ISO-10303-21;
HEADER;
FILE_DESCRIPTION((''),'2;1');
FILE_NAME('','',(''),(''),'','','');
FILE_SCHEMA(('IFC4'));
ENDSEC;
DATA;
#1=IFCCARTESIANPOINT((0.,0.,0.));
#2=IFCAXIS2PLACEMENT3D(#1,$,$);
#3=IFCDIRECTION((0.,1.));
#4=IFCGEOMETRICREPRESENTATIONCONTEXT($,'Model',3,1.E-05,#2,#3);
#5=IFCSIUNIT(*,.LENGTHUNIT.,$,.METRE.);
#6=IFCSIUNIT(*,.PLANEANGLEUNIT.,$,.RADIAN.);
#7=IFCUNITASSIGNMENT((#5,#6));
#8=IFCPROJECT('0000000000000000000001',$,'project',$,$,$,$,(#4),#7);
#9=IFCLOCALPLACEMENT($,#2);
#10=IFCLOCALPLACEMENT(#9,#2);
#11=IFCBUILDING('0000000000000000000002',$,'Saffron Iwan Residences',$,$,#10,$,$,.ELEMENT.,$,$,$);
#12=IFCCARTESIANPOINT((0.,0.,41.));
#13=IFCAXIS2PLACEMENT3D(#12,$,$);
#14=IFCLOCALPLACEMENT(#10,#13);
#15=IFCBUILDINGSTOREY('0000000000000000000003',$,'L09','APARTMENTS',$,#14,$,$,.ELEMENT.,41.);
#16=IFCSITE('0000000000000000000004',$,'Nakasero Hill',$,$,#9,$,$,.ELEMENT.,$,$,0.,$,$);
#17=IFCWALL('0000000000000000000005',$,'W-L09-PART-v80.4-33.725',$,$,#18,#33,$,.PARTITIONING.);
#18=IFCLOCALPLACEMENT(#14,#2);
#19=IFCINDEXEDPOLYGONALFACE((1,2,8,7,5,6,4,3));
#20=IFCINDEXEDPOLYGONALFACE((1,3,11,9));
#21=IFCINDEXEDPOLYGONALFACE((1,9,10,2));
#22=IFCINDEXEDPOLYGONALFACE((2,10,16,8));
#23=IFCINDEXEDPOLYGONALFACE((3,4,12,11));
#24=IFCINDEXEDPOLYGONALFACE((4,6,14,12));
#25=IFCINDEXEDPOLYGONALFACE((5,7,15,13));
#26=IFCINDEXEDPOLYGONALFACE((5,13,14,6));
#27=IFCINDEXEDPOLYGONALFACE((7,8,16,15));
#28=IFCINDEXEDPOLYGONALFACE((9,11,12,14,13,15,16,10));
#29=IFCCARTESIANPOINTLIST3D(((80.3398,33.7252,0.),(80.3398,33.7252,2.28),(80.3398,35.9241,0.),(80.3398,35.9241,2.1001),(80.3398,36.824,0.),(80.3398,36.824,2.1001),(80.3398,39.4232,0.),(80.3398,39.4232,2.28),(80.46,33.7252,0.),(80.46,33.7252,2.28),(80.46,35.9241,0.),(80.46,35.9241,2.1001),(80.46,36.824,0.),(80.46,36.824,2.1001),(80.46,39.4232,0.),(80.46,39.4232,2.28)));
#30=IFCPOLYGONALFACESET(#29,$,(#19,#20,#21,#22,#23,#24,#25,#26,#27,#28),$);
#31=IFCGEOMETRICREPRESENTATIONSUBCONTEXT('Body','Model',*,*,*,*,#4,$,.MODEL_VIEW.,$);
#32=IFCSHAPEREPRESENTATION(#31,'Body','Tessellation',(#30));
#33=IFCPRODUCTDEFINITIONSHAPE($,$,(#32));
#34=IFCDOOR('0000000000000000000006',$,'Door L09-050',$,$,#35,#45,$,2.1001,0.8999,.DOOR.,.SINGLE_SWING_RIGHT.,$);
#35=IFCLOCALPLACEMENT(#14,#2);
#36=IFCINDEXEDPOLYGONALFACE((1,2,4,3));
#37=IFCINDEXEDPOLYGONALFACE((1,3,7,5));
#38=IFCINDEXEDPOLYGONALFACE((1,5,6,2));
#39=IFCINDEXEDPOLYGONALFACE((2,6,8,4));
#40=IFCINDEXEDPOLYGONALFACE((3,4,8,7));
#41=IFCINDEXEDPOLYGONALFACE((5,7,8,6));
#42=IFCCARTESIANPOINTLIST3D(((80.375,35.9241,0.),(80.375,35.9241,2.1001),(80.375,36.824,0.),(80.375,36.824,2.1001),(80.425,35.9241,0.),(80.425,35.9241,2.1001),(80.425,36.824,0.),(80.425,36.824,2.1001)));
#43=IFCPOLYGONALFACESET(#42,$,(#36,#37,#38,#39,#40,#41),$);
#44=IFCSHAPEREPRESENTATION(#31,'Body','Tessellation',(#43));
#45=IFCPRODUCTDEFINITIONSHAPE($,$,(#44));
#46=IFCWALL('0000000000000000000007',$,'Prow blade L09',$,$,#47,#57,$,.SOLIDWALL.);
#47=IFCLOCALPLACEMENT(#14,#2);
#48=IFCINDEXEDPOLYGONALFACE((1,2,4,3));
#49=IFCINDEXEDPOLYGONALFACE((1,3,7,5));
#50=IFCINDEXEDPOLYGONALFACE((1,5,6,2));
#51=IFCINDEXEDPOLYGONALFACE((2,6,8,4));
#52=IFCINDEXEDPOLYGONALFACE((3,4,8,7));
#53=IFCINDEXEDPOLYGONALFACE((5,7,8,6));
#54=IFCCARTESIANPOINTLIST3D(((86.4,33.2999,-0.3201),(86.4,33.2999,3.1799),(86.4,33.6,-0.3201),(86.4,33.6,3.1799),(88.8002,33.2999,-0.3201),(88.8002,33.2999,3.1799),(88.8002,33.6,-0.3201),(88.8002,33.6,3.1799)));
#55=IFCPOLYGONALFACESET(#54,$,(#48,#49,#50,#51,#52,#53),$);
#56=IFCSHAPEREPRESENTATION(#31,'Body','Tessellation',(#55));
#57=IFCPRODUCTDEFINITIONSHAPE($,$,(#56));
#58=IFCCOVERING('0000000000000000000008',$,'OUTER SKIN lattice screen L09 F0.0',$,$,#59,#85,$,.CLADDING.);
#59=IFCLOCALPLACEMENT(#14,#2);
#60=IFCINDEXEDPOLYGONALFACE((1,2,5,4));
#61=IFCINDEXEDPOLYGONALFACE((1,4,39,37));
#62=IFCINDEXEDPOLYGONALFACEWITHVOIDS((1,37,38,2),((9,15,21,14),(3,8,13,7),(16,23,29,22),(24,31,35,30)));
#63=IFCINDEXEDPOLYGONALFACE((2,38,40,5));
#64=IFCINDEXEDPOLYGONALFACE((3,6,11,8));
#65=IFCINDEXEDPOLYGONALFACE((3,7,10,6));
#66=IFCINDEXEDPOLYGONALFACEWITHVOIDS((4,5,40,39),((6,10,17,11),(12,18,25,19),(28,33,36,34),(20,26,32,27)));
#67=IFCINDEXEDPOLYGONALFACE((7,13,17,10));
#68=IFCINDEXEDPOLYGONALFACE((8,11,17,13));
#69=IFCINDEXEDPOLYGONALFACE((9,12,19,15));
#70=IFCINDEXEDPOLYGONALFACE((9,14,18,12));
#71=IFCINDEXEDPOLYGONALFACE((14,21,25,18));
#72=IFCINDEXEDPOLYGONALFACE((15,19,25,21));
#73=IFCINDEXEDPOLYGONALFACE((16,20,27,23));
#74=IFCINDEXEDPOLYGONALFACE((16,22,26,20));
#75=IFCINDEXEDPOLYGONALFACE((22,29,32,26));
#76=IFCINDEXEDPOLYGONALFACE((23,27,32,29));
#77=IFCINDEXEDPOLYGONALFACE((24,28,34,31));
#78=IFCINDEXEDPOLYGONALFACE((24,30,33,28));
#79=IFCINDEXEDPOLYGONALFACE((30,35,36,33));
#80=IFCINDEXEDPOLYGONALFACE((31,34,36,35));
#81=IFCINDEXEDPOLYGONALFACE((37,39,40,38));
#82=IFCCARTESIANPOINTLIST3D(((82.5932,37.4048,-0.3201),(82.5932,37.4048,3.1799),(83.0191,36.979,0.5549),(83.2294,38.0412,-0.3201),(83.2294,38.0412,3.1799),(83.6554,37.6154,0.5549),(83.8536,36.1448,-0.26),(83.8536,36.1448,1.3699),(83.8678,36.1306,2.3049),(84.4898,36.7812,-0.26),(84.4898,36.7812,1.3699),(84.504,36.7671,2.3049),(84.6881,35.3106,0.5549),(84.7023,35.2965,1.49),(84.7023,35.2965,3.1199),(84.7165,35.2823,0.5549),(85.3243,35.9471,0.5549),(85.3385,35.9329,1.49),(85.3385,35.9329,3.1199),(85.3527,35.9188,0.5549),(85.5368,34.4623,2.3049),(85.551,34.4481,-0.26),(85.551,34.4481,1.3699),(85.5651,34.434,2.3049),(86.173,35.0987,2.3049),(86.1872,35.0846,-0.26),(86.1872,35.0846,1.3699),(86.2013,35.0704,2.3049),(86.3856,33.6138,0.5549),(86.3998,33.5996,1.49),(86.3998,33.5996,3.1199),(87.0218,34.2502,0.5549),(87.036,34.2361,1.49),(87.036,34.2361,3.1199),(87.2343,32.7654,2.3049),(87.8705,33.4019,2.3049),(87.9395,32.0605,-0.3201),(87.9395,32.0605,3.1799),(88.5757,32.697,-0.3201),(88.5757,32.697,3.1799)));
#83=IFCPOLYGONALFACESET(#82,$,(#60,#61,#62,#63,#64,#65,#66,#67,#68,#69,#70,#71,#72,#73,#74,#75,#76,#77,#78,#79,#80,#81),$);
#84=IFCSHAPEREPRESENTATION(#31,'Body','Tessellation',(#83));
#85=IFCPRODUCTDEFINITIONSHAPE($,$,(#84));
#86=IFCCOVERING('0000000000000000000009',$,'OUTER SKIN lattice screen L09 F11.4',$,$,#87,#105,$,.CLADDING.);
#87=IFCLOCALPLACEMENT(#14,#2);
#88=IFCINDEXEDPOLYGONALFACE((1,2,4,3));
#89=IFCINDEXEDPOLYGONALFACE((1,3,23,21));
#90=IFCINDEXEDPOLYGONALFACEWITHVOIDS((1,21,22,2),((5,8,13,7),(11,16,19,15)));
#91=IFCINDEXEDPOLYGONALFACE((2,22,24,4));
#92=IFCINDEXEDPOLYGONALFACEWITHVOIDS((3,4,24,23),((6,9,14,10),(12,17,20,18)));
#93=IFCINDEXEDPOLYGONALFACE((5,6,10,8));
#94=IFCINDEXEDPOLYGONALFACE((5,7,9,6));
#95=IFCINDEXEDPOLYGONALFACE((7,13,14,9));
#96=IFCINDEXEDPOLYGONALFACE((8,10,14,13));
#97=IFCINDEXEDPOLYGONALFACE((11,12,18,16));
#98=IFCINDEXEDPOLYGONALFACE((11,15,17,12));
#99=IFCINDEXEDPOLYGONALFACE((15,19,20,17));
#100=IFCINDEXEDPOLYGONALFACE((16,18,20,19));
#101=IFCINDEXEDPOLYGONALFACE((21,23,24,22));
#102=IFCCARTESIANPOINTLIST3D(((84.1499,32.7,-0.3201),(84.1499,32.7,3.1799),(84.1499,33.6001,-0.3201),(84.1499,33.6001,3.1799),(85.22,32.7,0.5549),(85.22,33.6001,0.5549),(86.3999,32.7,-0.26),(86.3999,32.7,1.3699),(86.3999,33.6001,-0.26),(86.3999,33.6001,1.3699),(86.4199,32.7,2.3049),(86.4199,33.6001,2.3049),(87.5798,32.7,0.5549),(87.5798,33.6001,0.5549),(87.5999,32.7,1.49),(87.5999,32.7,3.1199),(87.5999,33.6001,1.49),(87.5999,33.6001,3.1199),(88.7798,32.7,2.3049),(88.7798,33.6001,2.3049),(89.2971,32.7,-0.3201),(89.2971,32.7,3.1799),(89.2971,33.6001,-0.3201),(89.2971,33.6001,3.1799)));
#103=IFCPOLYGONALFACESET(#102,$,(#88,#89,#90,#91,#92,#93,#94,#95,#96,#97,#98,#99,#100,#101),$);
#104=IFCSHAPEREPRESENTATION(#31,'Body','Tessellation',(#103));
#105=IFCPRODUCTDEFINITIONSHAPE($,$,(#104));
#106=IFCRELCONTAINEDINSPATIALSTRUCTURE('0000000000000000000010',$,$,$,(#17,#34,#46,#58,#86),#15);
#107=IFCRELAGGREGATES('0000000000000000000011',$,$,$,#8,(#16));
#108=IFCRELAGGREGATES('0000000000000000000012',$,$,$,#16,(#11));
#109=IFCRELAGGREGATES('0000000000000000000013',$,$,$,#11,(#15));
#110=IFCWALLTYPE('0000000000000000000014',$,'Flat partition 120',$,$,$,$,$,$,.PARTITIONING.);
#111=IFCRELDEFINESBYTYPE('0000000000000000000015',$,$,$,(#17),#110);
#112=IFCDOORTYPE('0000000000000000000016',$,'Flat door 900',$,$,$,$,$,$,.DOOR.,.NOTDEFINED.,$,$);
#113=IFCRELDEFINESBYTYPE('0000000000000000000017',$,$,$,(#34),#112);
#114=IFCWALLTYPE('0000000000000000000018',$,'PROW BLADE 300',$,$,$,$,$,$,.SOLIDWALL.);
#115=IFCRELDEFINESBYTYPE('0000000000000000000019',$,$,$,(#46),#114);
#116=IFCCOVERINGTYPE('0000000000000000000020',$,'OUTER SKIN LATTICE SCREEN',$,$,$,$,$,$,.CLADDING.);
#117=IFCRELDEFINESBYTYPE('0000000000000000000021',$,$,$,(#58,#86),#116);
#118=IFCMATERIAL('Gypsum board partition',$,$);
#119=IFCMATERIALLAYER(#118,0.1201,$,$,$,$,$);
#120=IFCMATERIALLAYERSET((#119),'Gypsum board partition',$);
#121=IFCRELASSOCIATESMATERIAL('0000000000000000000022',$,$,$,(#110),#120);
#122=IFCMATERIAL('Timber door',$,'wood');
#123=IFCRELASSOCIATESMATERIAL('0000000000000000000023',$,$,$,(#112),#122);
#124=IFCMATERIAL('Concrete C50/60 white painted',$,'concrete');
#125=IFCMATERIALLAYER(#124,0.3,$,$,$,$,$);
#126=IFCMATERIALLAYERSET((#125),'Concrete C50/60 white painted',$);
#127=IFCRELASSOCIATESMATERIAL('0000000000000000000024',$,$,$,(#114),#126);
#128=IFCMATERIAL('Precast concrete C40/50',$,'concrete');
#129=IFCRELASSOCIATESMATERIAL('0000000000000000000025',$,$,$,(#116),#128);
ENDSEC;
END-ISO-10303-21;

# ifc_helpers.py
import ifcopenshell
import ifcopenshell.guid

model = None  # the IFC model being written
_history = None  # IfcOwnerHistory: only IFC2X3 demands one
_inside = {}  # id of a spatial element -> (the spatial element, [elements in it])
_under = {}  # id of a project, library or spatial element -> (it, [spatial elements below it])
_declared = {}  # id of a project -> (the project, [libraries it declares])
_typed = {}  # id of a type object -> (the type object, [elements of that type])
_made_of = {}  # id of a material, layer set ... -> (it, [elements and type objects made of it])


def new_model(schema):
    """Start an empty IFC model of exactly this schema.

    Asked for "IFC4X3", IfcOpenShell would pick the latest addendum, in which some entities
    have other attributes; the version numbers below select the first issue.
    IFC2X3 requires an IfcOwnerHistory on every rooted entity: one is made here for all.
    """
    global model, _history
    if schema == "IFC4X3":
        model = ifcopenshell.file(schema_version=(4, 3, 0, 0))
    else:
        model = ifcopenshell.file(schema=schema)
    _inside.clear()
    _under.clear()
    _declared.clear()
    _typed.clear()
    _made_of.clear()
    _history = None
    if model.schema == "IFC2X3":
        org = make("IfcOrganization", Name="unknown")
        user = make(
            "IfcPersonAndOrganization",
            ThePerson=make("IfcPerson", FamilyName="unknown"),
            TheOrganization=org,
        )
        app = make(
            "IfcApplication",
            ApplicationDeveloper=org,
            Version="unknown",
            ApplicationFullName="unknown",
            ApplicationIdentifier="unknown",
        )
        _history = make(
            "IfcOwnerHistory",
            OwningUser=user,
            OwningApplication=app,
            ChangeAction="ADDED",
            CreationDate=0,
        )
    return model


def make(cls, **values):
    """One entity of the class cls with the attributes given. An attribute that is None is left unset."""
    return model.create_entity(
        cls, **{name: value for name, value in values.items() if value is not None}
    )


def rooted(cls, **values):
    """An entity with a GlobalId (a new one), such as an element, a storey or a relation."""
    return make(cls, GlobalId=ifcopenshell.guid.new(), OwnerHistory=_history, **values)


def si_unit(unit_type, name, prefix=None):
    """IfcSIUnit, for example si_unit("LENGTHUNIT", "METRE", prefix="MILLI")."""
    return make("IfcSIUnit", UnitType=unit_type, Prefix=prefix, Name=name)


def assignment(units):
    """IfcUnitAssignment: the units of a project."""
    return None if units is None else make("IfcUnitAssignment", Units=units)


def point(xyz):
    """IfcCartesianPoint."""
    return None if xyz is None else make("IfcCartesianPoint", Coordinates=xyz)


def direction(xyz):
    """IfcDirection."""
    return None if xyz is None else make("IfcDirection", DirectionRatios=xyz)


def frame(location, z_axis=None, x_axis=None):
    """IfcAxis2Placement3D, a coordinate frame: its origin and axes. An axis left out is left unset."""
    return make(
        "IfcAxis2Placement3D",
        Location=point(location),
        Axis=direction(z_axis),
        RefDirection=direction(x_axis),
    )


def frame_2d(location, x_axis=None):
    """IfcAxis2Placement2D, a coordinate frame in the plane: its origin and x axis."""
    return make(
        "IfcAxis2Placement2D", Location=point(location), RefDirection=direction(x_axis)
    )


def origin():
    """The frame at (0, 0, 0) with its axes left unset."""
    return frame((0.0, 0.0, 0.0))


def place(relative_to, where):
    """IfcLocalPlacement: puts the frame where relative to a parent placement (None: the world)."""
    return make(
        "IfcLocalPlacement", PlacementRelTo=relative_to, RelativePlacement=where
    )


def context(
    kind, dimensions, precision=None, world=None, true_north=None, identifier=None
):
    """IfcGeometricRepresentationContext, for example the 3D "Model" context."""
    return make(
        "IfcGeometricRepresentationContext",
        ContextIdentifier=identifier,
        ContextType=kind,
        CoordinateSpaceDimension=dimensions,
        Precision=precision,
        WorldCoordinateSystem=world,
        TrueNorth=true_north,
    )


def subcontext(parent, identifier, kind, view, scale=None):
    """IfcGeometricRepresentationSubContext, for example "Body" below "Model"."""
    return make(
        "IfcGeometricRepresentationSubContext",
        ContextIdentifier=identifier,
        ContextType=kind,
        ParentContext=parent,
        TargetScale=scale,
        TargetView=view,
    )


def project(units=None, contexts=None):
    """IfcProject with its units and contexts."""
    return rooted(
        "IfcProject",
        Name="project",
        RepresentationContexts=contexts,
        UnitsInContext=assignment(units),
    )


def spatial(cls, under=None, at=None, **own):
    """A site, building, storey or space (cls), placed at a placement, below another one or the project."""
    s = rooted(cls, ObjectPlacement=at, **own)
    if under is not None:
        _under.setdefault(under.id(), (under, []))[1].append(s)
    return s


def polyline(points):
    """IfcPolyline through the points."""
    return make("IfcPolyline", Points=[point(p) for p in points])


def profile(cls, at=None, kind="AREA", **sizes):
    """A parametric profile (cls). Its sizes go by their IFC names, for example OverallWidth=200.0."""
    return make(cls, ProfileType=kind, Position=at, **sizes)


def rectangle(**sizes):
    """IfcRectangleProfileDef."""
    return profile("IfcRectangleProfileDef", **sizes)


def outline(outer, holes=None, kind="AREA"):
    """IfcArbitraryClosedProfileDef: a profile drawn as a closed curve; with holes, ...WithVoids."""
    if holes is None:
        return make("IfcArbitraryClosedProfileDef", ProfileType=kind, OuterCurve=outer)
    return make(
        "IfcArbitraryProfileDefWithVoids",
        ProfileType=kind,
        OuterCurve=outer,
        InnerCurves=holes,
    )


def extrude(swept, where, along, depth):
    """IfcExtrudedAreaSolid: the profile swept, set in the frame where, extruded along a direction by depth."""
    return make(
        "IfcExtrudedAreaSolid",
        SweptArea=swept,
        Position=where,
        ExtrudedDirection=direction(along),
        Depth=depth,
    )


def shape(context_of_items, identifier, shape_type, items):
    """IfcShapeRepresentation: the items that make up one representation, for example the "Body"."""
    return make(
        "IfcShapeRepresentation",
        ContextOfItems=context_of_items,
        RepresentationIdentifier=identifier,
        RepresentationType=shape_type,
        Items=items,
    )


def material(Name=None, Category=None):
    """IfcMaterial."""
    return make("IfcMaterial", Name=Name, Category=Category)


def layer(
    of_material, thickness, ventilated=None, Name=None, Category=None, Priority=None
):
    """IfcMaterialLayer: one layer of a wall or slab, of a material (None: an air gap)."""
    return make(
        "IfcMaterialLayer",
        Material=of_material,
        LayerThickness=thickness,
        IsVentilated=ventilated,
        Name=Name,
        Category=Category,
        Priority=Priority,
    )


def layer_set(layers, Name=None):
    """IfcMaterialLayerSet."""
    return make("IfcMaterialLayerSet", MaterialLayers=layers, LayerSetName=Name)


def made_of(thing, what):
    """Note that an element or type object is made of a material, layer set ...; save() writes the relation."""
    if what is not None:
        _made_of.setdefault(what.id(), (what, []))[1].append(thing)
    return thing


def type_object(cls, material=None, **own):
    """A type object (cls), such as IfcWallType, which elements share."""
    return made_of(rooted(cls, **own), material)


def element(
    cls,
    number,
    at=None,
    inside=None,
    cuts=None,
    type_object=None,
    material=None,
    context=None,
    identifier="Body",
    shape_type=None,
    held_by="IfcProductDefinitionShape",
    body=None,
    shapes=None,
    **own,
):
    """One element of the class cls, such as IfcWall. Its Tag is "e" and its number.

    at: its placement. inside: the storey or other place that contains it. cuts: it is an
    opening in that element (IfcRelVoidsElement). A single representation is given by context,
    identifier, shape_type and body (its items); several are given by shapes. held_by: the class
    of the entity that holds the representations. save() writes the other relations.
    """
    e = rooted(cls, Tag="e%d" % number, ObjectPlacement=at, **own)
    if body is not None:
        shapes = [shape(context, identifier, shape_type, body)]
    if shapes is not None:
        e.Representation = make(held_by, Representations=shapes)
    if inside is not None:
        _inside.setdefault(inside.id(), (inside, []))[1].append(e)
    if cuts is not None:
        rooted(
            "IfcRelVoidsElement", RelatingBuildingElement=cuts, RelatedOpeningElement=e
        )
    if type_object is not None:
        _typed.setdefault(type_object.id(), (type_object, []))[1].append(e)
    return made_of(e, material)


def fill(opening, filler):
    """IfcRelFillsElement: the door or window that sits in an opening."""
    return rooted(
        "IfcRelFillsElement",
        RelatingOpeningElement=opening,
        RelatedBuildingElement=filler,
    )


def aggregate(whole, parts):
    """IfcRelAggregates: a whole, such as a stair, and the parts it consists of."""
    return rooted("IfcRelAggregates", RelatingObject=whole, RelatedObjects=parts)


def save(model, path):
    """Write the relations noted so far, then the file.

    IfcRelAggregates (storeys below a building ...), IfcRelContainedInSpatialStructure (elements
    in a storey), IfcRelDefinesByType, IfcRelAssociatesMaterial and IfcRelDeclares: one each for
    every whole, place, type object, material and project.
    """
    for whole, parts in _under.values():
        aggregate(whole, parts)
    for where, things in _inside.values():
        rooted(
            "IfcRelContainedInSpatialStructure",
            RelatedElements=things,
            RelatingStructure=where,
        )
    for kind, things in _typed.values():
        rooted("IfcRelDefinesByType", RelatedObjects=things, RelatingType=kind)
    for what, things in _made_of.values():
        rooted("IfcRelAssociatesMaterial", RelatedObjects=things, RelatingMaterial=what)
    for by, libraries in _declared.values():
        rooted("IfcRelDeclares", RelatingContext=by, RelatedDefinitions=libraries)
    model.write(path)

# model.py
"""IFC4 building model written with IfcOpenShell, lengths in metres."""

from ifc_helpers import new_model, si_unit, direction, frame, frame_2d, origin, place, context, subcontext, project, spatial, polyline, rectangle, outline, extrude, material, layer, layer_set, type_object, element, fill, save


model = new_model("IFC4")

# Units and contexts
model_context = context("Model", 3, precision=1e-05, world=origin(), true_north=direction((0.0, 1.0)))
body_context = subcontext(model_context, "Body", "Model", "MODEL_VIEW")
ifc_project = project(units=[si_unit("LENGTHUNIT", "METRE"), si_unit("PLANEANGLEUNIT", "RADIAN")], contexts=[model_context])

# Site, building, storey
site_placement = place(None, origin())
site = spatial("IfcSite", under=ifc_project, at=site_placement, Name="Nakasero Hill", CompositionType="ELEMENT", RefElevation=0.0)
building_placement = place(site_placement, origin())
building = spatial("IfcBuilding", under=site, at=building_placement, Name="Saffron Iwan Residences", CompositionType="ELEMENT")
storey_placement = place(building_placement, frame((0.0, 0.0, 41.0)))
storey = spatial("IfcBuildingStorey", under=building, at=storey_placement, Name="L09", Description="APARTMENTS", CompositionType="ELEMENT", Elevation=41.0)

# Shared definitions
ifc_material_1 = material(Name="Concrete C50/60 white painted", Category="concrete")

# Wall, opening, door
ifc_material_2 = material(Name="Gypsum board partition")
ifc_layer_1 = layer(ifc_material_2, 0.1201)
ifc_layer_set_1 = layer_set([ifc_layer_1], Name="Gypsum board partition")
wall_type_1 = type_object("IfcWallType", Name="Flat partition 120", PredefinedType="PARTITIONING", material=ifc_layer_set_1)
wall_1_placement = place(storey_placement, frame((80.3999, 33.7251, 0.0), z_axis=(0.0, 0.0, 1.0), x_axis=(0.0, 1.0, 0.0)))
wall_1 = element("IfcWall", 1, at=wall_1_placement, inside=storey, type_object=wall_type_1, Name="W-L09-PART-v80.4-33.725", PredefinedType="PARTITIONING", context=body_context, shape_type="SweptSolid", body=[
    extrude(rectangle(XDim=5.698, YDim=0.1201, at=frame_2d((2.8491, 0.0))), origin(), (0.0, 0.0, 1.0), 2.28),
])
opening_1_placement = place(wall_1_placement, frame((2.199, 0.0, 0.0)))
opening_1 = element("IfcOpeningElement", 2, at=opening_1_placement, cuts=wall_1, PredefinedType="OPENING", context=body_context, shape_type="SweptSolid", body=[
    extrude(rectangle(XDim=0.8999, YDim=2.1001, at=frame_2d((0.45, 1.05))), frame((0.0, 0.0701, 0.0), z_axis=(0.0, -1.0, 0.0), x_axis=(1.0, 0.0, 0.0)), (0.0, 0.0, 1.0), 0.1401),
])
ifc_material_3 = material(Name="Timber door", Category="wood")
door_type = type_object("IfcDoorType", Name="Flat door 900", OperationType="NOTDEFINED", PredefinedType="DOOR", material=ifc_material_3)
door_placement = place(opening_1_placement, origin())
door = element("IfcDoor", 3, at=door_placement, inside=storey, type_object=door_type, Name="Door L09-050", OperationType="SINGLE_SWING_RIGHT", OverallHeight=2.1001, OverallWidth=0.8999, PredefinedType="DOOR", context=body_context, shape_type="SweptSolid", body=[
    extrude(rectangle(XDim=0.8999, YDim=2.1001, at=frame_2d((0.45, 1.05))), frame((0.0, 0.0249, 0.0), z_axis=(0.0, -1.0, 0.0), x_axis=(1.0, 0.0, 0.0)), (0.0, 0.0, 1.0), 0.05),
])
fill(opening_1, door)

# Wall
ifc_layer_2 = layer(ifc_material_1, 0.3)
ifc_layer_set_2 = layer_set([ifc_layer_2], Name="Concrete C50/60 white painted")
wall_type_2 = type_object("IfcWallType", Name="PROW BLADE 300", PredefinedType="SOLIDWALL", material=ifc_layer_set_2)
wall_2_placement = place(storey_placement, frame((86.3999, 33.45, -0.3201), z_axis=(0.0, 0.0, 1.0), x_axis=(1.0, 0.0, 0.0)))
element("IfcWall", 4, at=wall_2_placement, inside=storey, type_object=wall_type_2, Name="Prow blade L09", PredefinedType="SOLIDWALL", context=body_context, shape_type="SweptSolid", body=[
    extrude(rectangle(XDim=2.4001, YDim=0.3, at=frame_2d((1.2002, 0.0))), origin(), (0.0, 0.0, 1.0), 3.5),
])

# Coverings
ifc_material_4 = material(Name="Precast concrete C40/50", Category="concrete")
covering_type = type_object("IfcCoveringType", Name="OUTER SKIN LATTICE SCREEN", PredefinedType="CLADDING", material=ifc_material_4)
covering_1_placement = place(storey_placement, frame((87.9395, 32.0605, -0.3201), z_axis=(0.706971, 0.707242, 0.0), x_axis=(-0.707242, 0.706971, 0.0)))
element("IfcCovering", 5, at=covering_1_placement, inside=storey, type_object=covering_type, Name="OUTER SKIN lattice screen L09 F0.0", PredefinedType="CLADDING", context=body_context, shape_type="SweptSolid", body=[
    extrude(outline(polyline([(0.0, 0.0), (7.5593, 0.0), (7.5593, 3.5), (0.0, 3.5), (0.0, 0.0)]), holes=[polyline([(2.197, 0.875), (3.3772, 0.0601), (4.5571, 0.875), (3.3772, 1.6899), (2.197, 0.875)]), polyline([(4.5972, 0.875), (5.7771, 0.0601), (6.957, 0.875), (5.7771, 1.6899), (4.5972, 0.875)]), polyline([(0.9971, 2.625), (2.177, 1.8101), (3.3572, 2.625), (2.177, 3.4399), (0.9971, 2.625)]), polyline([(3.3972, 2.625), (4.5771, 1.8101), (5.7571, 2.625), (4.5771, 3.4399), (3.3972, 2.625)])]), origin(), (0.0, 0.0, 1.0), 0.8999),
])
covering_2_placement = place(storey_placement, frame((84.1499, 33.6001, -0.3201), z_axis=(0.0, -1.0, 0.0), x_axis=(1.0, 0.0, 0.0)))
element("IfcCovering", 6, at=covering_2_placement, inside=storey, type_object=covering_type, Name="OUTER SKIN lattice screen L09 F11.4", PredefinedType="CLADDING", context=body_context, shape_type="SweptSolid", body=[
    extrude(outline(polyline([(0.0, 0.0), (5.1472, 0.0), (5.1472, 3.5), (0.0, 3.5), (0.0, 0.0)]), holes=[polyline([(1.0701, 0.875), (2.25, 0.0601), (3.4299, 0.875), (2.25, 1.6899), (1.0701, 0.875)]), polyline([(2.27, 2.625), (3.45, 1.8101), (4.6299, 2.625), (3.45, 3.4399), (2.27, 2.625)])]), origin(), (0.0, 0.0, 1.0), 0.9001),
])

save(model, "model.ifc")
